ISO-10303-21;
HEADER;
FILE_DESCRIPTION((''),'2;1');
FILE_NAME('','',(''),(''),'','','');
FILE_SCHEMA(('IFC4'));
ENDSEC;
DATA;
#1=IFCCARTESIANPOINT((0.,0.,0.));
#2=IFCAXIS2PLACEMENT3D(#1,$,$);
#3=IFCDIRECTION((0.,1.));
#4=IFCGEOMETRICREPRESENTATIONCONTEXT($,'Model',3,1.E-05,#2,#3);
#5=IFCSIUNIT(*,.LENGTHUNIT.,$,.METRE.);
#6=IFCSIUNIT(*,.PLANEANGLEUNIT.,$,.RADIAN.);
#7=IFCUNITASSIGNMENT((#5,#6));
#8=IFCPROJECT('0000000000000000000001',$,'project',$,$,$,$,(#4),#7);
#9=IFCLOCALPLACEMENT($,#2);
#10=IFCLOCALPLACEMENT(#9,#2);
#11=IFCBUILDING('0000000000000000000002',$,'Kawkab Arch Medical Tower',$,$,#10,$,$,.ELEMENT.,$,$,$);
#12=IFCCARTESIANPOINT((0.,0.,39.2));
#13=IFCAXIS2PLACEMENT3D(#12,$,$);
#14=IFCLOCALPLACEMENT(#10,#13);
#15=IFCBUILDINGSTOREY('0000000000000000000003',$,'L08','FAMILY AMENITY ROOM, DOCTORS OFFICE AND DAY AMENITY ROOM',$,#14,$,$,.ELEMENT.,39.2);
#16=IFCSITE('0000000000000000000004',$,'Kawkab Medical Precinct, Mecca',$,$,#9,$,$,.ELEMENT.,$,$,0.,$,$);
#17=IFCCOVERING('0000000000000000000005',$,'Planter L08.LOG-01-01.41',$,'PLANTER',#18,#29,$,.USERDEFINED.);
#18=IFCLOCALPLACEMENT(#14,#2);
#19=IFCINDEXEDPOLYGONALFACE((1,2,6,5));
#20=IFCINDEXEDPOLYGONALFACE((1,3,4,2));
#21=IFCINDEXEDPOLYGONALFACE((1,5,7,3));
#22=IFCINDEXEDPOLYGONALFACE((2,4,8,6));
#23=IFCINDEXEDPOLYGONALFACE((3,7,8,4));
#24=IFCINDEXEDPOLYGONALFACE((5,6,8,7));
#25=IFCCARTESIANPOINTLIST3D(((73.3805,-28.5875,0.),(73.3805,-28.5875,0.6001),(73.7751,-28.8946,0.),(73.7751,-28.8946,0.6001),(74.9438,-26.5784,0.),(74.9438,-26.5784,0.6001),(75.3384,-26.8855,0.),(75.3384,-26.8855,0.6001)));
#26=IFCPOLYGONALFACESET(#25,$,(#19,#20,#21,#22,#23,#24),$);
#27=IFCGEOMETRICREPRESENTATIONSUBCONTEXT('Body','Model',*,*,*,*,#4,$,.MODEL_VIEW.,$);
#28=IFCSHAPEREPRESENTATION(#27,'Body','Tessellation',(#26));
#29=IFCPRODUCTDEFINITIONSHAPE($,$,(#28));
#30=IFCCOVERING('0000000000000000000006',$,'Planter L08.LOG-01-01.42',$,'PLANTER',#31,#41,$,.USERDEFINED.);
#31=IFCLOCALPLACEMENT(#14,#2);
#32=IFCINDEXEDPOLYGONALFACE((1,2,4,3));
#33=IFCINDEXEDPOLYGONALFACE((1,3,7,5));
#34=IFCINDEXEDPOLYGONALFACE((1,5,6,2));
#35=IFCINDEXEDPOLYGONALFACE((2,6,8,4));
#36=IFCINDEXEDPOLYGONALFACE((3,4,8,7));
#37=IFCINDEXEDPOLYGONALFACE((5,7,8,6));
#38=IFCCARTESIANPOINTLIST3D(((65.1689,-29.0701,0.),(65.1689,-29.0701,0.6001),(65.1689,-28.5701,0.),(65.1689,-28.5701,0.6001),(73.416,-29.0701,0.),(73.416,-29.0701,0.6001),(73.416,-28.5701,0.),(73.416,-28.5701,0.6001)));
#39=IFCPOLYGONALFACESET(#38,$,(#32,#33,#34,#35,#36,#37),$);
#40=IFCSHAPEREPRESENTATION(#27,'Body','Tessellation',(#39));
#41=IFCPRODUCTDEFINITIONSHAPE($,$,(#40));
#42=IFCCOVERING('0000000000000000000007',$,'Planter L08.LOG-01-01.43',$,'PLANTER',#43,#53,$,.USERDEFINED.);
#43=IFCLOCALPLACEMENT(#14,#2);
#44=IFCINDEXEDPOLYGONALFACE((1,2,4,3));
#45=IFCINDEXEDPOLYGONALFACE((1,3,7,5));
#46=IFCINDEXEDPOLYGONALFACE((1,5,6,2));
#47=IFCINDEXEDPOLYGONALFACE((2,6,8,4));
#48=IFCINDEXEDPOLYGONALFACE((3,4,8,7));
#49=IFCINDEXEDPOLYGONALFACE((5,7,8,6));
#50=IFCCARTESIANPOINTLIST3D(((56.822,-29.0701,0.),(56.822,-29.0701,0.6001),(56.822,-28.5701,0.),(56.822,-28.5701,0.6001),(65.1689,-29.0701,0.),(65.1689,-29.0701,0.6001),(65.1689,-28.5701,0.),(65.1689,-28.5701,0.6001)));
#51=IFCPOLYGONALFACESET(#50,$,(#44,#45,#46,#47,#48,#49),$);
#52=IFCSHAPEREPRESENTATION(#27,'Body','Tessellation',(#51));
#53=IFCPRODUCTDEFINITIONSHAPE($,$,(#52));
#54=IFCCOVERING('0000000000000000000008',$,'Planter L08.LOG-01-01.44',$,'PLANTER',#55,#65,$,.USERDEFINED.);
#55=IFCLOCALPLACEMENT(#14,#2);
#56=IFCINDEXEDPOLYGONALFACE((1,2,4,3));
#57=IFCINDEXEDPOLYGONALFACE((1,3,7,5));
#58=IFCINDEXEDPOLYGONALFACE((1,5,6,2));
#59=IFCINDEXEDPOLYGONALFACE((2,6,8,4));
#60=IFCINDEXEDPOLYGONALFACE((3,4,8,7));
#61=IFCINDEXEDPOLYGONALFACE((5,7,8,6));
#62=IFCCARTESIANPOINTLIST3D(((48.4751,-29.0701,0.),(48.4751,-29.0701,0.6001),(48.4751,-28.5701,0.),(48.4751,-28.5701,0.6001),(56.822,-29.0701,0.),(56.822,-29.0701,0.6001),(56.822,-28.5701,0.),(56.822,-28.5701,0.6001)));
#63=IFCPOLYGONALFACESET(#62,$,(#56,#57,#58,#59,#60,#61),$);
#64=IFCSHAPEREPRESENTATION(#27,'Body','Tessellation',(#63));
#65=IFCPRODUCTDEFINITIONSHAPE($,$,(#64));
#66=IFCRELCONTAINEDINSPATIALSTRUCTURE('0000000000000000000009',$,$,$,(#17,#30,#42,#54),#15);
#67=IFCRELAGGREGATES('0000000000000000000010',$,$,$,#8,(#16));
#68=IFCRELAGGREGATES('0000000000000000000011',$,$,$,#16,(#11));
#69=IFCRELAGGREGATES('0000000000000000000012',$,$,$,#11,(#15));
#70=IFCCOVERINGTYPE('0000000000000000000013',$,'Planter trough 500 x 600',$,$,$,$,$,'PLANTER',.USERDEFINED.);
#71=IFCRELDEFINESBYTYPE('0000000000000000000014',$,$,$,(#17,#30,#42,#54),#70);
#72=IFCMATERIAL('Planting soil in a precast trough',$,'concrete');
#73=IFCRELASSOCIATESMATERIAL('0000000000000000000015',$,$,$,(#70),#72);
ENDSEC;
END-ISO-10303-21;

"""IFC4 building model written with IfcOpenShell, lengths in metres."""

from ifc_helpers import new_model, si_unit, direction, frame, origin, origin_2d, place, context, subcontext, project, spatial, rectangle, extrude, material, material_profile, profile_set, type_object, element, save


model = new_model("IFC4")

# Units and contexts
model_context = context("Model", 3, precision=1e-05, world=origin(), true_north=direction((0.0, 1.0)))
body_context = subcontext(model_context, "Body", "Model", "MODEL_VIEW")
ifc_project = project(units=[si_unit("LENGTHUNIT", "METRE"), si_unit("PLANEANGLEUNIT", "RADIAN")], contexts=[model_context])

# Site, building, storey
site_placement = place(None, origin())
site = spatial("IfcSite", under=ifc_project, at=site_placement, Name="Kawkab Medical Precinct, Mecca", CompositionType="ELEMENT", RefElevation=0.0)
building_placement = place(site_placement, origin())
building = spatial("IfcBuilding", under=site, at=building_placement, Name="Kawkab Arch Medical Tower", CompositionType="ELEMENT")
storey_placement = place(building_placement, frame((0.0, 0.0, 39.2)))
storey = spatial("IfcBuildingStorey", under=building, at=storey_placement, Name="L08", Description="FAMILY AMENITY ROOM, DOCTORS OFFICE AND DAY AMENITY ROOM", CompositionType="ELEMENT", Elevation=39.2)

# Coverings
ifc_material_1 = material(Name="Planting soil in a precast trough", Category="concrete")
ifc_material_profile_1 = material_profile(ifc_material_1, rectangle(XDim=0.5, YDim=0.6001, at=origin_2d()), Name="Trough 500x600")
ifc_profile_set_1 = profile_set([ifc_material_profile_1], Name="Planting soil in a precast trough")
covering_type_1 = type_object("IfcCoveringType", Name="Planter trough 500 x 600", ElementType="PLANTER", PredefinedType="USERDEFINED", material=ifc_profile_set_1)
covering_1_placement = place(storey_placement, frame((75.1411, -26.7319, 0.3), z_axis=(-0.6141, -0.789228, 0.0), x_axis=(0.789228, -0.6141, 0.0)))
element("IfcCovering", 1, at=covering_1_placement, inside=storey, type_object=covering_type_1, Name="Planter L08.LOG-01-01.41", ObjectType="PLANTER", PredefinedType="USERDEFINED", context=body_context, shape_type="SweptSolid", body=[
    extrude(rectangle(XDim=0.5, YDim=0.6001, at=origin_2d()), origin(), (0.0, 0.0, 1.0), 2.5457),
])
covering_2_placement = place(storey_placement, frame((73.416, -28.8201, 0.3), z_axis=(-1.0, 0.0, 0.0), x_axis=(0.0, -1.0, 0.0)))
element("IfcCovering", 2, at=covering_2_placement, inside=storey, type_object=covering_type_1, Name="Planter L08.LOG-01-01.42", ObjectType="PLANTER", PredefinedType="USERDEFINED", context=body_context, shape_type="SweptSolid", body=[
    extrude(rectangle(XDim=0.5, YDim=0.6001, at=origin_2d()), origin(), (0.0, 0.0, 1.0), 8.2471),
])
for number, where, z_axis, x_axis, name in (
    (3, (65.1689, -28.8201, 0.3), (-1.0, 0.0, 0.0), (0.0, -1.0, 0.0), "Planter L08.LOG-01-01.43"),
    (4, (56.822, -28.8201, 0.3), (-1.0, 0.0, 0.0), (0.0, -1.0, 0.0), "Planter L08.LOG-01-01.44"),
):
    element("IfcCovering", number, at=place(storey_placement, frame(where, z_axis=z_axis, x_axis=x_axis)), inside=storey, type_object=covering_type_1, Name=name, ObjectType="PLANTER", PredefinedType="USERDEFINED", context=body_context, shape_type="SweptSolid", body=[
        extrude(rectangle(XDim=0.5, YDim=0.6001, at=origin_2d()), origin(), (0.0, 0.0, 1.0), 8.3469),
    ])

save(model, "model.ifc")
